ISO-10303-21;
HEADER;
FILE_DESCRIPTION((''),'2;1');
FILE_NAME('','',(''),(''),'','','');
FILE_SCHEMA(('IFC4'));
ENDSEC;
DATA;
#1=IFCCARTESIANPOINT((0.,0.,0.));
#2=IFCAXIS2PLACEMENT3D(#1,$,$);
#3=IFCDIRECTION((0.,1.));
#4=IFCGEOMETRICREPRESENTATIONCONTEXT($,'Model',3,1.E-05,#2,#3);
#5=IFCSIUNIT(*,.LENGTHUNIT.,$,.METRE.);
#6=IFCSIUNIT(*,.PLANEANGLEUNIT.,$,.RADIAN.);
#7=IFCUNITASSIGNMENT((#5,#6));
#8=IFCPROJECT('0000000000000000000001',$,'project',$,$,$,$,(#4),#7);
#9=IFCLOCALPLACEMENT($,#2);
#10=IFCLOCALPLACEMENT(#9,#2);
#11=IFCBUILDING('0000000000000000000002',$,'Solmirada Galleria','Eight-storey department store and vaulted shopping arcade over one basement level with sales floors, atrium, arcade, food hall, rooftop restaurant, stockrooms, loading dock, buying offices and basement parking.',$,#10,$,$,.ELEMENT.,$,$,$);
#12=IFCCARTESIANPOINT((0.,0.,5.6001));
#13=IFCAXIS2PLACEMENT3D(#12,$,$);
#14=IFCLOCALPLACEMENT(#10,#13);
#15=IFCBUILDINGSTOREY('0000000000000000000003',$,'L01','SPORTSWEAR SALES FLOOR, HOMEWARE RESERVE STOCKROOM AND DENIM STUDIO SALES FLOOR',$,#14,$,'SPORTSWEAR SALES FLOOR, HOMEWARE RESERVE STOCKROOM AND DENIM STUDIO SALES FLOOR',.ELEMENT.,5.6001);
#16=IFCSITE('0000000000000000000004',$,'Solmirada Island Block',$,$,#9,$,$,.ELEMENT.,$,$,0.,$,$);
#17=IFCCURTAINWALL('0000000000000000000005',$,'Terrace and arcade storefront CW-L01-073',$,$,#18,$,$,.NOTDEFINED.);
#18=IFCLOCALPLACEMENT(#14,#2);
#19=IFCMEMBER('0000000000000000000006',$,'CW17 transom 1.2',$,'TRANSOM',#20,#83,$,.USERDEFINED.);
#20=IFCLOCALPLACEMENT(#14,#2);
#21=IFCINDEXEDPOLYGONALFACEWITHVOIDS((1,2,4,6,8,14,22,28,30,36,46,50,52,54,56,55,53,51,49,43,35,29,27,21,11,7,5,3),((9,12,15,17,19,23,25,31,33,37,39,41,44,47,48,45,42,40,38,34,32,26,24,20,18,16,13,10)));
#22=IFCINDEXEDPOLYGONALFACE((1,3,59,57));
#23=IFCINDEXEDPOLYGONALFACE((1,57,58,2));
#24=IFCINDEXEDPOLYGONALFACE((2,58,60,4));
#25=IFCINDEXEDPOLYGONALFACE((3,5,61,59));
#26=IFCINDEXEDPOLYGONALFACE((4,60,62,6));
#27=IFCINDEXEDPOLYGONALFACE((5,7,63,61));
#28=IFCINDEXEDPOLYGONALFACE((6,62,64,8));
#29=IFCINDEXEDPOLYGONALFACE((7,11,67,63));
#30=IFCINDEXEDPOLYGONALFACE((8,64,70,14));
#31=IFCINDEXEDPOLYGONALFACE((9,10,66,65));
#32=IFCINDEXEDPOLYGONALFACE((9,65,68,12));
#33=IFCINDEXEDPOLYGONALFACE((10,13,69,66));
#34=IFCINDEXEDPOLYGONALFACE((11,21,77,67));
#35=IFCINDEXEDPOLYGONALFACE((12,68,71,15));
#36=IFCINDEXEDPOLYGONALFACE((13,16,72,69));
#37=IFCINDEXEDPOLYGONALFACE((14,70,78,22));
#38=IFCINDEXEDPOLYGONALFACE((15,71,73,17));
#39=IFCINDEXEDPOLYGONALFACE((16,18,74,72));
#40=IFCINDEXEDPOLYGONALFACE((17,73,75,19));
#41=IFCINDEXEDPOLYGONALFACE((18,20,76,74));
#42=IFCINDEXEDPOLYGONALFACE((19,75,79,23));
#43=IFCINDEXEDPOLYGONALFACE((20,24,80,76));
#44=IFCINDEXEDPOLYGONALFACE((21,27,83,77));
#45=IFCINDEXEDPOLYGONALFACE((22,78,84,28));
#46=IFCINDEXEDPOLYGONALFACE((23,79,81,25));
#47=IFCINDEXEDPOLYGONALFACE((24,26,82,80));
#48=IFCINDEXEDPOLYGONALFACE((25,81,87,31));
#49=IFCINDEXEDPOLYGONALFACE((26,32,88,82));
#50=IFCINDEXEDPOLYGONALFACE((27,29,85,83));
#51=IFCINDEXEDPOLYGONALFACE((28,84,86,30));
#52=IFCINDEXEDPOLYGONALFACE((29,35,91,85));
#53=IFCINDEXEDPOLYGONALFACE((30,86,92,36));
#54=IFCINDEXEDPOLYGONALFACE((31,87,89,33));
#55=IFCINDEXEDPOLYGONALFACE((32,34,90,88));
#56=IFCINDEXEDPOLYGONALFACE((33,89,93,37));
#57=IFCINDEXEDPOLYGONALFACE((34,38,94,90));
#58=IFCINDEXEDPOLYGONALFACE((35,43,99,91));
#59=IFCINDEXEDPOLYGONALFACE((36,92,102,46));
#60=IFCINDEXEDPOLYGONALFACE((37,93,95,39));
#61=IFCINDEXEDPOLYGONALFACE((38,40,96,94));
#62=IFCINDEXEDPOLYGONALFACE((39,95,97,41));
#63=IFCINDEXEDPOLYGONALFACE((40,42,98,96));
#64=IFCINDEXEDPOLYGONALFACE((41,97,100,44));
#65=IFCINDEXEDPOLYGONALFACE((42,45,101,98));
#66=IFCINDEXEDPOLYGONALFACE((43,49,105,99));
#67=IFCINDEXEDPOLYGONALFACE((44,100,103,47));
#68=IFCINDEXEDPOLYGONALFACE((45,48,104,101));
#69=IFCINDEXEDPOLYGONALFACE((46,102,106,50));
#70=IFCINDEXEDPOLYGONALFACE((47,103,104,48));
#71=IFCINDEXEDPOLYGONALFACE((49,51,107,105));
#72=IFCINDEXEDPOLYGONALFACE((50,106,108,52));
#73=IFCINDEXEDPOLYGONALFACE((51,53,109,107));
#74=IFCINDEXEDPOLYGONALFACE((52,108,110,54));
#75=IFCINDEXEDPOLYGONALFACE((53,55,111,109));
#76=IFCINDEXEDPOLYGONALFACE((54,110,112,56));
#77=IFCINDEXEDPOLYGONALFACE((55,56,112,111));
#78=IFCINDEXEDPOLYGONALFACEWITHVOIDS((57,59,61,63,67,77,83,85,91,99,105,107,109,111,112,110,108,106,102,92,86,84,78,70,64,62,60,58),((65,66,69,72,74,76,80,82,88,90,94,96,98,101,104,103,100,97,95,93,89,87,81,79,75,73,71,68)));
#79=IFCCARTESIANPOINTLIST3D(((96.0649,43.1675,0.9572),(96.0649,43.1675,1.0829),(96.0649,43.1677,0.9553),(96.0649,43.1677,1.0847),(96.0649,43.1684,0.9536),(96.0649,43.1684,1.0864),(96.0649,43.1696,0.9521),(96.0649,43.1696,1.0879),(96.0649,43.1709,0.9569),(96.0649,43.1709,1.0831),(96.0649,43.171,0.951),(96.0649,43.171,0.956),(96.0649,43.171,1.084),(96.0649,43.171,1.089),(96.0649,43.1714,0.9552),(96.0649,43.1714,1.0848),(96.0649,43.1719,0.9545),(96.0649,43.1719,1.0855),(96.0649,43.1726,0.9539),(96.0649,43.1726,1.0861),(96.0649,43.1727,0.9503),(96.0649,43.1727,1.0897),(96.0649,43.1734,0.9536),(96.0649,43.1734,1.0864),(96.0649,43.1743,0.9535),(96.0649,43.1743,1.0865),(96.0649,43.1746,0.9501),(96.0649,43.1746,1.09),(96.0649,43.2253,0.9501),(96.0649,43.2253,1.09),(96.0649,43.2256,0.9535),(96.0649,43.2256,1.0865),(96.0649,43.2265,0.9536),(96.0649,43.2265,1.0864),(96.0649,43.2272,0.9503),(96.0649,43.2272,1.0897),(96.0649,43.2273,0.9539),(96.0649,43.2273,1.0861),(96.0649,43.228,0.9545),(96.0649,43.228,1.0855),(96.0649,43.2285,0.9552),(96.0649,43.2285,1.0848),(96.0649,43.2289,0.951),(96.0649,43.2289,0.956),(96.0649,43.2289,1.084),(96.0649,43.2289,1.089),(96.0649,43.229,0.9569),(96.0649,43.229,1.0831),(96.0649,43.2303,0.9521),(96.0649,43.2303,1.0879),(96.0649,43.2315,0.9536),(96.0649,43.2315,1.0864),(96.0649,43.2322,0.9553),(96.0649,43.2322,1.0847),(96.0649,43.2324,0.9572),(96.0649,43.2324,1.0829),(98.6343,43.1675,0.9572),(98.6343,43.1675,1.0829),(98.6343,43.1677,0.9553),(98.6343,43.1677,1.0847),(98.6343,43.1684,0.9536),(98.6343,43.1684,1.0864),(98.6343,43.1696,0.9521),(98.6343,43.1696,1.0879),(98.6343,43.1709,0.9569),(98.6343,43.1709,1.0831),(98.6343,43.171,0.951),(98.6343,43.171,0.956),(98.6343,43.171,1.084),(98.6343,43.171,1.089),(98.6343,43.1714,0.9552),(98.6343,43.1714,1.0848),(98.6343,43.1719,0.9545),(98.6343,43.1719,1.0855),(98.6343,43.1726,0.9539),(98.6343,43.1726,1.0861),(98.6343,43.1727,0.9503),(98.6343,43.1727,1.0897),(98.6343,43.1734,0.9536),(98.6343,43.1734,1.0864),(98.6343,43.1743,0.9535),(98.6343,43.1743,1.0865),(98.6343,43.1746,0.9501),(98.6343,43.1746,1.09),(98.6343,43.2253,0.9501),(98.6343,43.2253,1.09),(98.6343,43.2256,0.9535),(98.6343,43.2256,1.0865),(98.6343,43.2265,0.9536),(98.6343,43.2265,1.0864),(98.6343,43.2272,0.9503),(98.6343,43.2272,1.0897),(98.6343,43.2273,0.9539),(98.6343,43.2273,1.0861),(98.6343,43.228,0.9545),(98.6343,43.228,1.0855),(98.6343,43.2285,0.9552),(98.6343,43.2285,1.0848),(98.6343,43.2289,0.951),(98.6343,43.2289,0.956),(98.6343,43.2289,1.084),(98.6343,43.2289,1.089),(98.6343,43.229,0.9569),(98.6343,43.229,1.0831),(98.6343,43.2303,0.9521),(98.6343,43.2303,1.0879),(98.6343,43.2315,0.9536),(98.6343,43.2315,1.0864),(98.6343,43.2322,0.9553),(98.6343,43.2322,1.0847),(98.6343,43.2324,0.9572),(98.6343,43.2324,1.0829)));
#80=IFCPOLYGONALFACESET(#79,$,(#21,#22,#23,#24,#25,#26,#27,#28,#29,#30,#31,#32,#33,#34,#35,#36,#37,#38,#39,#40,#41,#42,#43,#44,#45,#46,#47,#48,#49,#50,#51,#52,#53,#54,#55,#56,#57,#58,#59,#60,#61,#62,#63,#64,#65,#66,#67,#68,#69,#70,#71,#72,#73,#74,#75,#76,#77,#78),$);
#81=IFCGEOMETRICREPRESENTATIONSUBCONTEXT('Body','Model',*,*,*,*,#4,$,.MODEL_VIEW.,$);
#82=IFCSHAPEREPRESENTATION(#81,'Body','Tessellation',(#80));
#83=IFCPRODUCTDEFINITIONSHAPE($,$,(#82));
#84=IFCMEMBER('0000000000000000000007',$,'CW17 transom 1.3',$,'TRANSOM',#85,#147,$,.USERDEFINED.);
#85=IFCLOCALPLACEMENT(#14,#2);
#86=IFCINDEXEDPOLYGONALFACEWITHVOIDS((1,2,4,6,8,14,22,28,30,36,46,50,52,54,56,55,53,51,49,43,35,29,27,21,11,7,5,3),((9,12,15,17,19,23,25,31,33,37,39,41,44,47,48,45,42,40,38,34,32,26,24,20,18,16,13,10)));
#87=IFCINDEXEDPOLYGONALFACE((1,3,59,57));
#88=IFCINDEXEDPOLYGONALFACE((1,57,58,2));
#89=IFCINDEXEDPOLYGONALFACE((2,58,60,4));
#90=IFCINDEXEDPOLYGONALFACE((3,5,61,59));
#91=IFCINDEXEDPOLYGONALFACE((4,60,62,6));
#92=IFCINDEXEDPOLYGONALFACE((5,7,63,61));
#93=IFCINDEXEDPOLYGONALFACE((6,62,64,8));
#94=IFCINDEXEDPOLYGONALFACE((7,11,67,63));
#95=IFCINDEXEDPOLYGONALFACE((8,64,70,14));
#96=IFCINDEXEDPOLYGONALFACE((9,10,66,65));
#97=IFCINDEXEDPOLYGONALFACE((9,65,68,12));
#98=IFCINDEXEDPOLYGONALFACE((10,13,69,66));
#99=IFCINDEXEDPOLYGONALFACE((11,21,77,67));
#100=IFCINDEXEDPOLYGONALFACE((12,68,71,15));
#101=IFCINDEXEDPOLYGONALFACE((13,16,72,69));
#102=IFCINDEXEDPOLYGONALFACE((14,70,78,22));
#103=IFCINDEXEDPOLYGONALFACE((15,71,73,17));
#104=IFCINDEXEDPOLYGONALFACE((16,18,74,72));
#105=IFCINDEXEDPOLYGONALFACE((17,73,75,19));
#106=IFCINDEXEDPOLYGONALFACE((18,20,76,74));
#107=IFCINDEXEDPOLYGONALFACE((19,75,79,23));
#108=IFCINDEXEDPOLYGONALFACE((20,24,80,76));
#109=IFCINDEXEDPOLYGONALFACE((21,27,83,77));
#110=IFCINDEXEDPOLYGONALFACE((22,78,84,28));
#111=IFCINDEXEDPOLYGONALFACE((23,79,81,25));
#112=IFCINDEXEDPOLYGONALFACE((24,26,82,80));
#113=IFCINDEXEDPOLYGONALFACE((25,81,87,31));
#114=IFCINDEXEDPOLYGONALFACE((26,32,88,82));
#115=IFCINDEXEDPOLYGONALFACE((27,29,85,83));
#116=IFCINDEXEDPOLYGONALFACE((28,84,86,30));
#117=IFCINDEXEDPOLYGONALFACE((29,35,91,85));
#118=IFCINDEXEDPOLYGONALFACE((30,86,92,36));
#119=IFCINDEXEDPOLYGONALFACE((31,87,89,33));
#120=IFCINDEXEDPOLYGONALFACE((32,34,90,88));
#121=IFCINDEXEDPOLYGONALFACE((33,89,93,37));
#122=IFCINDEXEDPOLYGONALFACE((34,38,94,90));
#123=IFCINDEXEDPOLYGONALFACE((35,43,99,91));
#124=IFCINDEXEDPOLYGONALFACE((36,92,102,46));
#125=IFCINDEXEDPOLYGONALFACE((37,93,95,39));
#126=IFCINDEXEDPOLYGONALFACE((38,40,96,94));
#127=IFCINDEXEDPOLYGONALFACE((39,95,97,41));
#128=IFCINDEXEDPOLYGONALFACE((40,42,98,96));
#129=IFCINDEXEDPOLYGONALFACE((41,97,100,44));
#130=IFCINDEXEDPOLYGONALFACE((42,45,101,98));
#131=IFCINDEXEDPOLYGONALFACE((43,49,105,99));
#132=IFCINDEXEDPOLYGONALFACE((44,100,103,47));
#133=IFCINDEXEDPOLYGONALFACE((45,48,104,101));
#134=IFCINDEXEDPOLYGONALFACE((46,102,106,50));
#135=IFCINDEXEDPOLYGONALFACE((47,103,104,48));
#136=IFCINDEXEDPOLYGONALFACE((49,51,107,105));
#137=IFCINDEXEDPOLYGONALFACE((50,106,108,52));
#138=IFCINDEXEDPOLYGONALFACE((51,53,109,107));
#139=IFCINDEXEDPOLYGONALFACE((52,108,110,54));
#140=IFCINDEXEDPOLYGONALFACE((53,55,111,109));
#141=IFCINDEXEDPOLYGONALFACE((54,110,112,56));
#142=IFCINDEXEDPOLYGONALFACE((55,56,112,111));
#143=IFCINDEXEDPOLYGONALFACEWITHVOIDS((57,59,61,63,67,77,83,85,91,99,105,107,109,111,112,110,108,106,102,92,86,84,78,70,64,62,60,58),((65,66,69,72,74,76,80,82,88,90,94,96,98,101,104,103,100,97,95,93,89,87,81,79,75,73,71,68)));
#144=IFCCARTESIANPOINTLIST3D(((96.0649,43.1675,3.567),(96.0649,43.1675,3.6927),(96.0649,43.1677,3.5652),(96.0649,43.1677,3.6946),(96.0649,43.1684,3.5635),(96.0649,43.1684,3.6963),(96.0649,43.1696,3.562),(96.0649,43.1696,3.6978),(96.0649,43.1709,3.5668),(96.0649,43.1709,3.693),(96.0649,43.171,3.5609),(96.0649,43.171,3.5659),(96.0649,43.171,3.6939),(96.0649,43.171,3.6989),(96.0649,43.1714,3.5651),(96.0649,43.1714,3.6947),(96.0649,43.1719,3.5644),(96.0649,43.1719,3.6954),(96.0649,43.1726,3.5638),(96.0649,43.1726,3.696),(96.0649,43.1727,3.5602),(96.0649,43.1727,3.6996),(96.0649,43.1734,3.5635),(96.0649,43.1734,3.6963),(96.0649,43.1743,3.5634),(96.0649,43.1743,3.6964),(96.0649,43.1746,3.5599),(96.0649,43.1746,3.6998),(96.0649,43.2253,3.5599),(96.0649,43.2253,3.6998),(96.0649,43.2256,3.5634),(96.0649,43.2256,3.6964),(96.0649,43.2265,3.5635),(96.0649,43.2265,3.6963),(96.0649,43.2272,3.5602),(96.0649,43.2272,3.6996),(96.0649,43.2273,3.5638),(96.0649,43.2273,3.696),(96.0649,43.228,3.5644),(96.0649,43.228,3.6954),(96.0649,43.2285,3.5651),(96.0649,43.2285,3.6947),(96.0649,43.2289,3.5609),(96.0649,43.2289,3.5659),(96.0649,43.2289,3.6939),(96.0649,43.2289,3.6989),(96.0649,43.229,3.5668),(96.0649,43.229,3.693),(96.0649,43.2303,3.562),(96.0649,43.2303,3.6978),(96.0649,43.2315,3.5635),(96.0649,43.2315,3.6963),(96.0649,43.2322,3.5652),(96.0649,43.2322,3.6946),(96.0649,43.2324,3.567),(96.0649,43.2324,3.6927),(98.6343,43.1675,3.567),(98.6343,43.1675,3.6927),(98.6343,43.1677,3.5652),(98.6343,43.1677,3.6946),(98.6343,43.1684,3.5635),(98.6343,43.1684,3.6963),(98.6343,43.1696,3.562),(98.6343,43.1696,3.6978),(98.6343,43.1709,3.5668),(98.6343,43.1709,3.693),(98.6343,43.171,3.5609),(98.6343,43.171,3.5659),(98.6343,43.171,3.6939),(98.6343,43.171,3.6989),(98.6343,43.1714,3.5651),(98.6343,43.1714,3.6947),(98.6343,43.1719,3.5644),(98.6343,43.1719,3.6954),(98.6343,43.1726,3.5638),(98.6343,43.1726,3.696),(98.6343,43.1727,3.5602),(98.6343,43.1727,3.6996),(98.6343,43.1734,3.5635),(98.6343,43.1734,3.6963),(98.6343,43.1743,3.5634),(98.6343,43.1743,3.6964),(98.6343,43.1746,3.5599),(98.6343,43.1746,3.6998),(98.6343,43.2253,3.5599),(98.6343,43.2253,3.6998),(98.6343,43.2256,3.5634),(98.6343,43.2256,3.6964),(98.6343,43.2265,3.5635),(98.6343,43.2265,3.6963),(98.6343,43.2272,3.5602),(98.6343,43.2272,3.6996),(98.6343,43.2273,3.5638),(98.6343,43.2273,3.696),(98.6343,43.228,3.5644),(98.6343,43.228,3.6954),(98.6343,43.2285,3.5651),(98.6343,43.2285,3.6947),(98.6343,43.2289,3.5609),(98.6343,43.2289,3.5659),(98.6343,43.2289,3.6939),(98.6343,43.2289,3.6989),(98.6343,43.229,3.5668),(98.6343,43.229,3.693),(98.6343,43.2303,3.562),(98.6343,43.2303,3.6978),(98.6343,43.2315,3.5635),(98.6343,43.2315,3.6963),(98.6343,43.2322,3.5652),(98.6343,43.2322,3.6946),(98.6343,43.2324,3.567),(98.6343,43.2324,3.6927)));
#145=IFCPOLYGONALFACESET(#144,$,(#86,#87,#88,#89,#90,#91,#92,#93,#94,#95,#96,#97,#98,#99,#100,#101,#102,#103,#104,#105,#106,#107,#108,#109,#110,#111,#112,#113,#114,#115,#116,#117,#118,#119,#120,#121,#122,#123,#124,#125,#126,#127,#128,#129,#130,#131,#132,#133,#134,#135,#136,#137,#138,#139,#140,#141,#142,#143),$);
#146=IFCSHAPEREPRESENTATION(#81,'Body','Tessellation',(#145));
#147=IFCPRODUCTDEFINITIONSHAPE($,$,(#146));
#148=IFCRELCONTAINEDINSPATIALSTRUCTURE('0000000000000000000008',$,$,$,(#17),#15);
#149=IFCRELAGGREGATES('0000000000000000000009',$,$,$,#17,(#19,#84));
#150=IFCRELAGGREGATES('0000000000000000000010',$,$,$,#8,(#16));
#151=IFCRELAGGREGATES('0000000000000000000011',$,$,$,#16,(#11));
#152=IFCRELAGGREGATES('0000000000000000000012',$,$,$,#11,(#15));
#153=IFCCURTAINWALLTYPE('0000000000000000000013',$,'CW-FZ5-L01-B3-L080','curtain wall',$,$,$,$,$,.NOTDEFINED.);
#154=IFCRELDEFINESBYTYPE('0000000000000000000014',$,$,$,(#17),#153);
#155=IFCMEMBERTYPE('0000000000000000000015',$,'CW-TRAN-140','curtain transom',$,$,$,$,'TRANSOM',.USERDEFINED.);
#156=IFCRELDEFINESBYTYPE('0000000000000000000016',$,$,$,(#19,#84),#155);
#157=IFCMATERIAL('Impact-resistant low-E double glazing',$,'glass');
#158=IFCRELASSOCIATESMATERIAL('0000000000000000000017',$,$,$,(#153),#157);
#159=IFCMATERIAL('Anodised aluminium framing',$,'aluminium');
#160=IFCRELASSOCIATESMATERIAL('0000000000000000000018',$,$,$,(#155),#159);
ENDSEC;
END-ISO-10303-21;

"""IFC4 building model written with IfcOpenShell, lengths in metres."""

from ifc_helpers import new_model, si_unit, direction, frame, origin, origin_2d, place, context, subcontext, project, spatial, hollow_rectangle, extrude, material, material_profile, profile_set, type_object, element, aggregate, save


model = new_model("IFC4")

# Units and contexts
model_context = context("Model", 3, precision=1e-05, world=origin(), true_north=direction((0.0, 1.0)))
body_context = subcontext(model_context, "Body", "Model", "MODEL_VIEW")
ifc_project = project(units=[si_unit("LENGTHUNIT", "METRE"), si_unit("PLANEANGLEUNIT", "RADIAN")], contexts=[model_context])

# Site, building, storey
site_placement = place(None, origin())
site = spatial("IfcSite", under=ifc_project, at=site_placement, Name="Solmirada Island Block", CompositionType="ELEMENT", RefElevation=0.0)
building_placement = place(site_placement, origin())
building = spatial("IfcBuilding", under=site, at=building_placement, Name="Solmirada Galleria", Description="Eight-storey department store and vaulted shopping arcade over one basement level with sales floors, atrium, arcade, food hall, rooftop restaurant, stockrooms, loading dock, buying offices and basement parking.", CompositionType="ELEMENT")
storey_placement = place(building_placement, frame((0.0, 0.0, 5.6001)))
storey = spatial("IfcBuildingStorey", under=building, at=storey_placement, Name="L01", Description="SPORTSWEAR SALES FLOOR, HOMEWARE RESERVE STOCKROOM AND DENIM STUDIO SALES FLOOR", LongName="SPORTSWEAR SALES FLOOR, HOMEWARE RESERVE STOCKROOM AND DENIM STUDIO SALES FLOOR", CompositionType="ELEMENT", Elevation=5.6001)

# Shared definitions
ifc_material_1 = material(Name="Impact-resistant low-E double glazing", Category="glass")
ifc_material_2 = material(Name="Anodised aluminium framing", Category="aluminium")

# Curtain wall, members
curtain_wall_type_1 = type_object("IfcCurtainWallType", Name="CW-FZ5-L01-B3-L080", Description="curtain wall", PredefinedType="NOTDEFINED", material=ifc_material_1)
curtain_wall_1_placement = place(storey_placement, origin())
curtain_wall_1 = element("IfcCurtainWall", 1, at=curtain_wall_1_placement, inside=storey, type_object=curtain_wall_type_1, Name="Terrace and arcade storefront CW-L01-073", PredefinedType="NOTDEFINED")
ifc_material_profile_1 = material_profile(ifc_material_2, hollow_rectangle(XDim=0.0649, YDim=0.1399, WallThickness=0.0034, InnerFilletRadius=0.0034, OuterFilletRadius=0.0071, at=origin_2d()), Name="ALU-TRAN-140X65")
ifc_profile_set_1 = profile_set([ifc_material_profile_1], Name="Anodised aluminium framing")
member_type_1 = type_object("IfcMemberType", Name="CW-TRAN-140", Description="curtain transom", ElementType="TRANSOM", PredefinedType="USERDEFINED", material=ifc_profile_set_1)
member_1_placement = place(storey_placement, frame((96.0649, 43.2, 1.02), z_axis=(1.0, 0.0, 0.0), x_axis=(0.0, 1.0, 0.0)))
member_1 = element("IfcMember", 2, at=member_1_placement, type_object=member_type_1, Name="CW17 transom 1.2", ObjectType="TRANSOM", PredefinedType="USERDEFINED", context=body_context, shape_type="SweptSolid", body=[
    extrude(hollow_rectangle(XDim=0.0649, YDim=0.1399, WallThickness=0.0034, InnerFilletRadius=0.0034, OuterFilletRadius=0.0071, at=origin_2d()), origin(), (0.0, 0.0, 1.0), 2.5693),
])
member_2_placement = place(storey_placement, frame((96.0649, 43.2, 3.6299), z_axis=(1.0, 0.0, 0.0), x_axis=(0.0, 1.0, 0.0)))
member_2 = element("IfcMember", 3, at=member_2_placement, type_object=member_type_1, Name="CW17 transom 1.3", ObjectType="TRANSOM", PredefinedType="USERDEFINED", context=body_context, shape_type="SweptSolid", body=[
    extrude(hollow_rectangle(XDim=0.0649, YDim=0.1399, WallThickness=0.0034, InnerFilletRadius=0.0034, OuterFilletRadius=0.0071, at=origin_2d()), origin(), (0.0, 0.0, 1.0), 2.5693),
])

aggregate(curtain_wall_1, [member_1, member_2])

save(model, "model.ifc")
